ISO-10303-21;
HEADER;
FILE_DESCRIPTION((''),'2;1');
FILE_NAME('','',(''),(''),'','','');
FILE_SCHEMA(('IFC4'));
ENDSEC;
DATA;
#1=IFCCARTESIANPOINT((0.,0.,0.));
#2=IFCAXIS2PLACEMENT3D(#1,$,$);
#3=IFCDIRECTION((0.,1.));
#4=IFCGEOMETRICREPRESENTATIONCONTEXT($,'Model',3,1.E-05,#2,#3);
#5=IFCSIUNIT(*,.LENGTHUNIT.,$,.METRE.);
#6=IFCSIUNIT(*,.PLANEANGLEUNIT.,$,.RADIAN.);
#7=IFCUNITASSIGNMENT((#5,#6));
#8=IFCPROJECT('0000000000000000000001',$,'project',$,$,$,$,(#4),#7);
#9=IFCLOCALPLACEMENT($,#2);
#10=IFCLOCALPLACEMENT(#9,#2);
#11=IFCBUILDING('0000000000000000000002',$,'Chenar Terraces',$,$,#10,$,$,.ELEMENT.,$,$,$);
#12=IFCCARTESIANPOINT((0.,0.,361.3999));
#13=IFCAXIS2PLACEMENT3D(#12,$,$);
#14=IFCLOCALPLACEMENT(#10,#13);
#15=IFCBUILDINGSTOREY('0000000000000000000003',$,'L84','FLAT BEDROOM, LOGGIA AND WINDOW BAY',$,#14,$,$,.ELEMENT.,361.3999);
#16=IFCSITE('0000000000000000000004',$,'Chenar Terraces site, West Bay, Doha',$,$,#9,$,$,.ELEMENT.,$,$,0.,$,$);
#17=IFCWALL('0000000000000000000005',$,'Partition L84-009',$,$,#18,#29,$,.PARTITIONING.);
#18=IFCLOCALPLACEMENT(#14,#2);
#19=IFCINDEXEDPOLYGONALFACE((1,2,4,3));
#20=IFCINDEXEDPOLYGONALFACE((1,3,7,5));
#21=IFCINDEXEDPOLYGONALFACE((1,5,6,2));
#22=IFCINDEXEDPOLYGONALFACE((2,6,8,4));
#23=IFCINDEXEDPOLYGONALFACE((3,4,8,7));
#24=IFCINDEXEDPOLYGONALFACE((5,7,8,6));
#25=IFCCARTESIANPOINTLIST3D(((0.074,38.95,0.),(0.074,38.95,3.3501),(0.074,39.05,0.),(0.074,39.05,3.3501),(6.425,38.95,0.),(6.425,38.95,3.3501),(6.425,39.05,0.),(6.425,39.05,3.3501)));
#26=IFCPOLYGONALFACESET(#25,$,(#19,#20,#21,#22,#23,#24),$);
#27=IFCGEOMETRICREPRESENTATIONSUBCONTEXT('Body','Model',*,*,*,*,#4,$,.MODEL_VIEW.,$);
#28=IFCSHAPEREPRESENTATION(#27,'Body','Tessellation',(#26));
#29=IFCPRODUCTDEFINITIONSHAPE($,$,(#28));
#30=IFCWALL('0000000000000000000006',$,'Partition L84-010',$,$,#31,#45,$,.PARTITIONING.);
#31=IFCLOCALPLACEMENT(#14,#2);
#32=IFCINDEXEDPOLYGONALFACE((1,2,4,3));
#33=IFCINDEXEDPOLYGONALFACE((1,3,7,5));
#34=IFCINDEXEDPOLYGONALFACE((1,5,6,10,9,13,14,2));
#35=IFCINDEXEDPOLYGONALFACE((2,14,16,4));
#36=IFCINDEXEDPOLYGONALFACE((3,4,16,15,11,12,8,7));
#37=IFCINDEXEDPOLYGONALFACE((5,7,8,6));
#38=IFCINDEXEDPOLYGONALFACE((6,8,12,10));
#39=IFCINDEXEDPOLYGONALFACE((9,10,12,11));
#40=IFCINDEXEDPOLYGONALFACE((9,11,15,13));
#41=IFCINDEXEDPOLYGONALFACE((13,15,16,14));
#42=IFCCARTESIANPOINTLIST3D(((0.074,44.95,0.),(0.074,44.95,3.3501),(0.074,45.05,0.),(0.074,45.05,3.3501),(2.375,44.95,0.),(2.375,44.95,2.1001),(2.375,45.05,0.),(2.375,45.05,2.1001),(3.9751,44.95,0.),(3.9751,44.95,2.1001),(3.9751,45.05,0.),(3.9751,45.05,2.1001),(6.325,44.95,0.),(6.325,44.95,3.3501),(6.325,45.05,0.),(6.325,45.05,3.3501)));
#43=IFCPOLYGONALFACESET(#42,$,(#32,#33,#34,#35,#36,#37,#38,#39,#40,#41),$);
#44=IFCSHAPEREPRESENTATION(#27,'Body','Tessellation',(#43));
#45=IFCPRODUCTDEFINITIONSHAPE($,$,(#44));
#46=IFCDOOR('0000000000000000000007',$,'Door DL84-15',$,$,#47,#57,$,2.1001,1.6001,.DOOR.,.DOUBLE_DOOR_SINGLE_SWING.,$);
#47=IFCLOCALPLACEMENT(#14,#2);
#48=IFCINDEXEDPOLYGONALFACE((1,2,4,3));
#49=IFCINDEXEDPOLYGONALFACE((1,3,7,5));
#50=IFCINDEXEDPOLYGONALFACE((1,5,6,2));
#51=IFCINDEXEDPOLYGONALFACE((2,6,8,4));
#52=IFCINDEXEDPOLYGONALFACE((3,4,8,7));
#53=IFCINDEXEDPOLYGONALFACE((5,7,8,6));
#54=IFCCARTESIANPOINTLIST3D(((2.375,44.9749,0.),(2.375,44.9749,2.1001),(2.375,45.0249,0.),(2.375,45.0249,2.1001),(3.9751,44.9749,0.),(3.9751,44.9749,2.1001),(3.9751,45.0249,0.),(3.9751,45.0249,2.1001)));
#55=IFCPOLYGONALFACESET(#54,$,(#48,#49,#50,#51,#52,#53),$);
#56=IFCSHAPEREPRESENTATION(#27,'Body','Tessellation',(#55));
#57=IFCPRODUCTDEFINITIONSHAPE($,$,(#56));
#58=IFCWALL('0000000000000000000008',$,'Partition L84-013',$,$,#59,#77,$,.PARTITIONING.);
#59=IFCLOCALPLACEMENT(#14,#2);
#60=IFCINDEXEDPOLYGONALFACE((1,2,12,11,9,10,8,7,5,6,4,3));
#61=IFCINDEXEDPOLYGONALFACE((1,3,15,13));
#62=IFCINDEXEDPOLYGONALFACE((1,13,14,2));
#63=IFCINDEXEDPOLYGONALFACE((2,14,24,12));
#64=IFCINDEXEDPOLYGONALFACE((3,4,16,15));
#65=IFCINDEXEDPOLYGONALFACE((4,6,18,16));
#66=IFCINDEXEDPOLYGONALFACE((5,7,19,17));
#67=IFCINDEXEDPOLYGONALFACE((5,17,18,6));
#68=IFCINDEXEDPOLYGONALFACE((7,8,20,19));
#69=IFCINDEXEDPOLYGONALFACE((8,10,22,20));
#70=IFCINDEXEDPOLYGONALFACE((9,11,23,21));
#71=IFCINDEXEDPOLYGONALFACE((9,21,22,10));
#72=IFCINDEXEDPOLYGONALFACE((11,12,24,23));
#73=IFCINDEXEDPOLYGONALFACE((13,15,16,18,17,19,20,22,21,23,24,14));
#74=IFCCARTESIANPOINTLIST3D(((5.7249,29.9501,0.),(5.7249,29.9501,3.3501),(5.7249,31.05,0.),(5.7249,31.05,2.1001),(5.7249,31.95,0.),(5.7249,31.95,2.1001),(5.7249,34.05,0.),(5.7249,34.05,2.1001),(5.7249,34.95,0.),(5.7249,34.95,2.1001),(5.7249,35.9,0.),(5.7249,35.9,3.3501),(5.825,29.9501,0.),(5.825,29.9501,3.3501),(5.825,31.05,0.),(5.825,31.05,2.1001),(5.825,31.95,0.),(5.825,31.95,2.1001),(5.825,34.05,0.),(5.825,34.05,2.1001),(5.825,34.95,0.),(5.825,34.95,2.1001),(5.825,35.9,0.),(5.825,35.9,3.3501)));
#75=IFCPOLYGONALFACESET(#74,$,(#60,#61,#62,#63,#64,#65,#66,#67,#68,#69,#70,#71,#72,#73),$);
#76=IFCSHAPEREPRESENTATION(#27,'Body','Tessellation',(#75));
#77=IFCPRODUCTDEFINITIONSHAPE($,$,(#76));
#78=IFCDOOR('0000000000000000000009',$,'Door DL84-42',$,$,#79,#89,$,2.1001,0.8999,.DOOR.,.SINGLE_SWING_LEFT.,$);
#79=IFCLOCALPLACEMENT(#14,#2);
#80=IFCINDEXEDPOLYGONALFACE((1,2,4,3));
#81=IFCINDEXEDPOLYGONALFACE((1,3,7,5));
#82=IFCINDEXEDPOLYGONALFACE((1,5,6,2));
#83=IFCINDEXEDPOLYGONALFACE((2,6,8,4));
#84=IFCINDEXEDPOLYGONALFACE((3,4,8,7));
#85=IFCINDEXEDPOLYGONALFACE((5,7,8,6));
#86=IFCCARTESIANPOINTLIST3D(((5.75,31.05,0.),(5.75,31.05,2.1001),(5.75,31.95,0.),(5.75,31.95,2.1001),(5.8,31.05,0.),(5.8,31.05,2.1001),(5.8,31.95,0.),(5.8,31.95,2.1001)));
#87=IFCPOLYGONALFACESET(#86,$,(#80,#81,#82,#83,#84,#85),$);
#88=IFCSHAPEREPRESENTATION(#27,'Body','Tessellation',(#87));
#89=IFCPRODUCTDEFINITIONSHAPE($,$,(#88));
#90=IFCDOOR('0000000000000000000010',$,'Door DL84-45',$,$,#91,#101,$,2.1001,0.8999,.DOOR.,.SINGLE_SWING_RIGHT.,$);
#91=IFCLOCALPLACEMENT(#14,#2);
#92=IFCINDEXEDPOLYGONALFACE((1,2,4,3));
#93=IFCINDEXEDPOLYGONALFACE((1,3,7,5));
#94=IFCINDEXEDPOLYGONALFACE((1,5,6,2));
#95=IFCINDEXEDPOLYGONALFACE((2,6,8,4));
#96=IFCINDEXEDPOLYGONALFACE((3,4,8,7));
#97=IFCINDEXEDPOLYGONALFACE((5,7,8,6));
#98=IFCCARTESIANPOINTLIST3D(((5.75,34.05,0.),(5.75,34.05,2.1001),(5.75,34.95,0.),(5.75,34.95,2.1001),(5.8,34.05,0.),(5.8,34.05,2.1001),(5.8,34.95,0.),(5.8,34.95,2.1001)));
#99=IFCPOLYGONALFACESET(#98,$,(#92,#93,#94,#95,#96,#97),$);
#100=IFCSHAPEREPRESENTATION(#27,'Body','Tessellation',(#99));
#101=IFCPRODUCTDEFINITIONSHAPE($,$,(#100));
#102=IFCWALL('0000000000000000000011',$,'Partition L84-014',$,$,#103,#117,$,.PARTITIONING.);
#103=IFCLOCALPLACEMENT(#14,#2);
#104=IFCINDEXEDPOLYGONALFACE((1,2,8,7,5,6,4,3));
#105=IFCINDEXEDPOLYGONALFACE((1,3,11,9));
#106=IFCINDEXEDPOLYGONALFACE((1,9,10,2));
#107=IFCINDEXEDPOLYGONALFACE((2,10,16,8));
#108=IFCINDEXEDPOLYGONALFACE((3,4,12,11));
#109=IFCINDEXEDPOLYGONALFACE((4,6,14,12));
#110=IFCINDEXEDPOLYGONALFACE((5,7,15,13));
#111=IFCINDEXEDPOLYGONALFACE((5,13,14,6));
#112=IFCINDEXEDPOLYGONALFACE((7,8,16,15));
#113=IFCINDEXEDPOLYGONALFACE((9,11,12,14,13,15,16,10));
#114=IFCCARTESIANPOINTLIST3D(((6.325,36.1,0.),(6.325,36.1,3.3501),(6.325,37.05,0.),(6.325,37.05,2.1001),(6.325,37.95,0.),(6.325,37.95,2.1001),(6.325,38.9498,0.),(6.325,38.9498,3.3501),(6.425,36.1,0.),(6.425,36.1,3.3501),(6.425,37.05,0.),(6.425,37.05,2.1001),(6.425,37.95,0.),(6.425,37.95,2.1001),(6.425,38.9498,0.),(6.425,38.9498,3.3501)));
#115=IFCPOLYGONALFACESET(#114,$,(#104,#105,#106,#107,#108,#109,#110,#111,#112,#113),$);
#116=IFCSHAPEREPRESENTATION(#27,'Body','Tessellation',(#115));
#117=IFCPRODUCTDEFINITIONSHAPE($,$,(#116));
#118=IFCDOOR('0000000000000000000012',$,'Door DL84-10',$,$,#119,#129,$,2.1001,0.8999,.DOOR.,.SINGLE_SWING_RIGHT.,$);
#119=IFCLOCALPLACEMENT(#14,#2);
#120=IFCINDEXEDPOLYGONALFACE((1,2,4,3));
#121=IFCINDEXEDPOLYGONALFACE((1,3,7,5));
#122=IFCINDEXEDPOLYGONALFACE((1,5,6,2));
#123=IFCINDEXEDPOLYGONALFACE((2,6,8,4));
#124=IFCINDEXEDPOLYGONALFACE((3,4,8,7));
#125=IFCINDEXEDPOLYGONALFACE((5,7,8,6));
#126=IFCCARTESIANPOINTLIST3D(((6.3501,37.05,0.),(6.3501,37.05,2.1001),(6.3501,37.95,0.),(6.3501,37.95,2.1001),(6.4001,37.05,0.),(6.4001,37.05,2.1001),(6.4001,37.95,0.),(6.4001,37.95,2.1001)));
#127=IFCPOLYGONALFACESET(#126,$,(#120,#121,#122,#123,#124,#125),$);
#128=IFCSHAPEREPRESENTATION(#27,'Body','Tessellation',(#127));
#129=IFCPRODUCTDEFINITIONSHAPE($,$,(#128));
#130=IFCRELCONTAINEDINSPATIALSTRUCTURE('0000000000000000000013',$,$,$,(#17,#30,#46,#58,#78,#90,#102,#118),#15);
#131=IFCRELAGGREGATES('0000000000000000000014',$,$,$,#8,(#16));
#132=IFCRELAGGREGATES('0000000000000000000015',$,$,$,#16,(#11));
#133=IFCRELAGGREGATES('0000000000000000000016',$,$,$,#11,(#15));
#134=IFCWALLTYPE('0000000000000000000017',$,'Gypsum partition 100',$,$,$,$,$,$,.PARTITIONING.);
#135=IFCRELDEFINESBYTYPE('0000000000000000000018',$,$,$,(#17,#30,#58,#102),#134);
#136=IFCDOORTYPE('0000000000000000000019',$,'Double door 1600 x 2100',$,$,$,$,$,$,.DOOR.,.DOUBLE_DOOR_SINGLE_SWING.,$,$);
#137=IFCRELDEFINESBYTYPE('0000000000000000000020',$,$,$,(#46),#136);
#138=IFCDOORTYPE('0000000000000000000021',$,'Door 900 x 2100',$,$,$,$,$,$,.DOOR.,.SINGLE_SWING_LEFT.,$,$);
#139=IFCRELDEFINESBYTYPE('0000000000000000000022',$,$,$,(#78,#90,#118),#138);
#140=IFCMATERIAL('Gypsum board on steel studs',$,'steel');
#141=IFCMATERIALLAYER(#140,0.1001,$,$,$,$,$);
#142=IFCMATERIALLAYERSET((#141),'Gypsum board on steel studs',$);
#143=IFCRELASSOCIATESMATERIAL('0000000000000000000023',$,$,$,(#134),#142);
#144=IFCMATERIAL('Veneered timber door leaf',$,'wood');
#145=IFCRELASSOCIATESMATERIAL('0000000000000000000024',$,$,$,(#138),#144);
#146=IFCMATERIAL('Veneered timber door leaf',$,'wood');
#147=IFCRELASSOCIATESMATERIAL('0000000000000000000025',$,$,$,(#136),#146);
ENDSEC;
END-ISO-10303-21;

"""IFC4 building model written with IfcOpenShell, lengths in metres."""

from ifc_helpers import new_model, si_unit, direction, frame, frame_2d, origin, place, context, subcontext, project, spatial, rectangle, extrude, material, layer, layer_set, type_object, element, fill, save


model = new_model("IFC4")

# Units and contexts
model_context = context("Model", 3, precision=1e-05, world=origin(), true_north=direction((0.0, 1.0)))
body_context = subcontext(model_context, "Body", "Model", "MODEL_VIEW")
ifc_project = project(units=[si_unit("LENGTHUNIT", "METRE"), si_unit("PLANEANGLEUNIT", "RADIAN")], contexts=[model_context])

# Site, building, storey
site_placement = place(None, origin())
site = spatial("IfcSite", under=ifc_project, at=site_placement, Name="Chenar Terraces site, West Bay, Doha", CompositionType="ELEMENT", RefElevation=0.0)
building_placement = place(site_placement, origin())
building = spatial("IfcBuilding", under=site, at=building_placement, Name="Chenar Terraces", CompositionType="ELEMENT")
storey_placement = place(building_placement, frame((0.0, 0.0, 361.3999)))
storey = spatial("IfcBuildingStorey", under=building, at=storey_placement, Name="L84", Description="FLAT BEDROOM, LOGGIA AND WINDOW BAY", CompositionType="ELEMENT", Elevation=361.3999)

# Shared definitions
ifc_material_1 = material(Name="Gypsum board on steel studs", Category="steel")
ifc_layer_1 = layer(ifc_material_1, 0.1001)
ifc_layer_set_1 = layer_set([ifc_layer_1], Name="Gypsum board on steel studs")
wall_type_1 = type_object("IfcWallType", Name="Gypsum partition 100", PredefinedType="PARTITIONING", material=ifc_layer_set_1)
ifc_material_2 = material(Name="Veneered timber door leaf", Category="wood")
door_type_1 = type_object("IfcDoorType", Name="Door 900 x 2100", OperationType="SINGLE_SWING_LEFT", PredefinedType="DOOR", material=ifc_material_2)

# Wall
wall_1_placement = place(storey_placement, frame((0.074, 39.0, 0.0), z_axis=(0.0, 0.0, 1.0), x_axis=(1.0, 0.0, 0.0)))
element("IfcWall", 1, at=wall_1_placement, inside=storey, type_object=wall_type_1, Name="Partition L84-009", PredefinedType="PARTITIONING", context=body_context, shape_type="SweptSolid", body=[
    extrude(rectangle(XDim=6.3511, YDim=0.1001, at=frame_2d((3.1755, 0.0))), origin(), (0.0, 0.0, 1.0), 3.3501),
])

# Wall, opening, door
wall_2_placement = place(storey_placement, frame((0.074, 45.0, 0.0), z_axis=(0.0, 0.0, 1.0), x_axis=(1.0, 0.0, 0.0)))
wall_2 = element("IfcWall", 2, at=wall_2_placement, inside=storey, type_object=wall_type_1, Name="Partition L84-010", PredefinedType="PARTITIONING", context=body_context, shape_type="SweptSolid", body=[
    extrude(rectangle(XDim=6.251, YDim=0.1001, at=frame_2d((3.1255, 0.0))), origin(), (0.0, 0.0, 1.0), 3.3501),
])
opening_1_placement = place(wall_2_placement, frame((2.301, 0.0, 0.0)))
opening_1 = element("IfcOpeningElement", 3, at=opening_1_placement, cuts=wall_2, PredefinedType="OPENING", context=body_context, shape_type="SweptSolid", body=[
    extrude(rectangle(XDim=1.6001, YDim=2.1001, at=frame_2d((0.8, 1.05))), frame((0.0, 0.0601, 0.0), z_axis=(0.0, -1.0, 0.0), x_axis=(1.0, 0.0, 0.0)), (0.0, 0.0, 1.0), 0.1201),
])
ifc_material_3 = material(Name="Veneered timber door leaf", Category="wood")
door_type_2 = type_object("IfcDoorType", Name="Double door 1600 x 2100", OperationType="DOUBLE_DOOR_SINGLE_SWING", PredefinedType="DOOR", material=ifc_material_3)
door_1_placement = place(opening_1_placement, origin())
door_1 = element("IfcDoor", 4, at=door_1_placement, inside=storey, type_object=door_type_2, Name="Door DL84-15", OperationType="DOUBLE_DOOR_SINGLE_SWING", OverallHeight=2.1001, OverallWidth=1.6001, PredefinedType="DOOR", context=body_context, shape_type="SweptSolid", body=[
    extrude(rectangle(XDim=1.6001, YDim=2.1001, at=frame_2d((0.8, 1.05))), frame((0.0, 0.0249, 0.0), z_axis=(0.0, -1.0, 0.0), x_axis=(1.0, 0.0, 0.0)), (0.0, 0.0, 1.0), 0.05),
])
fill(opening_1, door_1)

# Wall, openings, doors
wall_3_placement = place(storey_placement, frame((5.7749, 29.95, 0.0), z_axis=(0.0, 0.0, 1.0), x_axis=(0.0, 1.0, 0.0)))
wall_3 = element("IfcWall", 5, at=wall_3_placement, inside=storey, type_object=wall_type_1, Name="Partition L84-013", PredefinedType="PARTITIONING", context=body_context, shape_type="SweptSolid", body=[
    extrude(rectangle(XDim=5.95, YDim=0.1001, at=frame_2d((2.9751, 0.0))), origin(), (0.0, 0.0, 1.0), 3.3501),
])
opening_2_placement = place(wall_3_placement, frame((1.1001, 0.0, 0.0)))
opening_2 = element("IfcOpeningElement", 6, at=opening_2_placement, cuts=wall_3, PredefinedType="OPENING", context=body_context, shape_type="SweptSolid", body=[
    extrude(rectangle(XDim=0.8999, YDim=2.1001, at=frame_2d((0.45, 1.05))), frame((0.0, 0.0601, 0.0), z_axis=(0.0, -1.0, 0.0), x_axis=(1.0, 0.0, 0.0)), (0.0, 0.0, 1.0), 0.1201),
])
opening_3_placement = place(wall_3_placement, frame((4.1001, 0.0, 0.0)))
opening_3 = element("IfcOpeningElement", 7, at=opening_3_placement, cuts=wall_3, PredefinedType="OPENING", context=body_context, shape_type="SweptSolid", body=[
    extrude(rectangle(XDim=0.8999, YDim=2.1001, at=frame_2d((0.45, 1.05))), frame((0.0, 0.0601, 0.0), z_axis=(0.0, -1.0, 0.0), x_axis=(1.0, 0.0, 0.0)), (0.0, 0.0, 1.0), 0.1201),
])
door_2_placement = place(opening_2_placement, origin())
door_2 = element("IfcDoor", 8, at=door_2_placement, inside=storey, type_object=door_type_1, Name="Door DL84-42", OperationType="SINGLE_SWING_LEFT", OverallHeight=2.1001, OverallWidth=0.8999, PredefinedType="DOOR", context=body_context, shape_type="SweptSolid", body=[
    extrude(rectangle(XDim=0.8999, YDim=2.1001, at=frame_2d((0.45, 1.05))), frame((0.0, 0.0249, 0.0), z_axis=(0.0, -1.0, 0.0), x_axis=(1.0, 0.0, 0.0)), (0.0, 0.0, 1.0), 0.05),
])
fill(opening_2, door_2)
door_3_placement = place(opening_3_placement, origin())
door_3 = element("IfcDoor", 9, at=door_3_placement, inside=storey, type_object=door_type_1, Name="Door DL84-45", OperationType="SINGLE_SWING_RIGHT", OverallHeight=2.1001, OverallWidth=0.8999, PredefinedType="DOOR", context=body_context, shape_type="SweptSolid", body=[
    extrude(rectangle(XDim=0.8999, YDim=2.1001, at=frame_2d((0.45, 1.05))), frame((0.0, 0.0249, 0.0), z_axis=(0.0, -1.0, 0.0), x_axis=(1.0, 0.0, 0.0)), (0.0, 0.0, 1.0), 0.05),
])
fill(opening_3, door_3)

# Wall, opening, door
wall_4_placement = place(storey_placement, frame((6.375, 36.1001, 0.0), z_axis=(0.0, 0.0, 1.0), x_axis=(0.0, 1.0, 0.0)))
wall_4 = element("IfcWall", 10, at=wall_4_placement, inside=storey, type_object=wall_type_1, Name="Partition L84-014", PredefinedType="PARTITIONING", context=body_context, shape_type="SweptSolid", body=[
    extrude(rectangle(XDim=2.8499, YDim=0.1001, at=frame_2d((1.4248, 0.0))), origin(), (0.0, 0.0, 1.0), 3.3501),
])
opening_4_placement = place(wall_4_placement, frame((0.95, 0.0, 0.0)))
opening_4 = element("IfcOpeningElement", 11, at=opening_4_placement, cuts=wall_4, PredefinedType="OPENING", context=body_context, shape_type="SweptSolid", body=[
    extrude(rectangle(XDim=0.8999, YDim=2.1001, at=frame_2d((0.45, 1.05))), frame((0.0, 0.0601, 0.0), z_axis=(0.0, -1.0, 0.0), x_axis=(1.0, 0.0, 0.0)), (0.0, 0.0, 1.0), 0.1201),
])
door_4_placement = place(opening_4_placement, origin())
door_4 = element("IfcDoor", 12, at=door_4_placement, inside=storey, type_object=door_type_1, Name="Door DL84-10", OperationType="SINGLE_SWING_RIGHT", OverallHeight=2.1001, OverallWidth=0.8999, PredefinedType="DOOR", context=body_context, shape_type="SweptSolid", body=[
    extrude(rectangle(XDim=0.8999, YDim=2.1001, at=frame_2d((0.45, 1.05))), frame((0.0, 0.0249, 0.0), z_axis=(0.0, -1.0, 0.0), x_axis=(1.0, 0.0, 0.0)), (0.0, 0.0, 1.0), 0.05),
])
fill(opening_4, door_4)

save(model, "model.ifc")
